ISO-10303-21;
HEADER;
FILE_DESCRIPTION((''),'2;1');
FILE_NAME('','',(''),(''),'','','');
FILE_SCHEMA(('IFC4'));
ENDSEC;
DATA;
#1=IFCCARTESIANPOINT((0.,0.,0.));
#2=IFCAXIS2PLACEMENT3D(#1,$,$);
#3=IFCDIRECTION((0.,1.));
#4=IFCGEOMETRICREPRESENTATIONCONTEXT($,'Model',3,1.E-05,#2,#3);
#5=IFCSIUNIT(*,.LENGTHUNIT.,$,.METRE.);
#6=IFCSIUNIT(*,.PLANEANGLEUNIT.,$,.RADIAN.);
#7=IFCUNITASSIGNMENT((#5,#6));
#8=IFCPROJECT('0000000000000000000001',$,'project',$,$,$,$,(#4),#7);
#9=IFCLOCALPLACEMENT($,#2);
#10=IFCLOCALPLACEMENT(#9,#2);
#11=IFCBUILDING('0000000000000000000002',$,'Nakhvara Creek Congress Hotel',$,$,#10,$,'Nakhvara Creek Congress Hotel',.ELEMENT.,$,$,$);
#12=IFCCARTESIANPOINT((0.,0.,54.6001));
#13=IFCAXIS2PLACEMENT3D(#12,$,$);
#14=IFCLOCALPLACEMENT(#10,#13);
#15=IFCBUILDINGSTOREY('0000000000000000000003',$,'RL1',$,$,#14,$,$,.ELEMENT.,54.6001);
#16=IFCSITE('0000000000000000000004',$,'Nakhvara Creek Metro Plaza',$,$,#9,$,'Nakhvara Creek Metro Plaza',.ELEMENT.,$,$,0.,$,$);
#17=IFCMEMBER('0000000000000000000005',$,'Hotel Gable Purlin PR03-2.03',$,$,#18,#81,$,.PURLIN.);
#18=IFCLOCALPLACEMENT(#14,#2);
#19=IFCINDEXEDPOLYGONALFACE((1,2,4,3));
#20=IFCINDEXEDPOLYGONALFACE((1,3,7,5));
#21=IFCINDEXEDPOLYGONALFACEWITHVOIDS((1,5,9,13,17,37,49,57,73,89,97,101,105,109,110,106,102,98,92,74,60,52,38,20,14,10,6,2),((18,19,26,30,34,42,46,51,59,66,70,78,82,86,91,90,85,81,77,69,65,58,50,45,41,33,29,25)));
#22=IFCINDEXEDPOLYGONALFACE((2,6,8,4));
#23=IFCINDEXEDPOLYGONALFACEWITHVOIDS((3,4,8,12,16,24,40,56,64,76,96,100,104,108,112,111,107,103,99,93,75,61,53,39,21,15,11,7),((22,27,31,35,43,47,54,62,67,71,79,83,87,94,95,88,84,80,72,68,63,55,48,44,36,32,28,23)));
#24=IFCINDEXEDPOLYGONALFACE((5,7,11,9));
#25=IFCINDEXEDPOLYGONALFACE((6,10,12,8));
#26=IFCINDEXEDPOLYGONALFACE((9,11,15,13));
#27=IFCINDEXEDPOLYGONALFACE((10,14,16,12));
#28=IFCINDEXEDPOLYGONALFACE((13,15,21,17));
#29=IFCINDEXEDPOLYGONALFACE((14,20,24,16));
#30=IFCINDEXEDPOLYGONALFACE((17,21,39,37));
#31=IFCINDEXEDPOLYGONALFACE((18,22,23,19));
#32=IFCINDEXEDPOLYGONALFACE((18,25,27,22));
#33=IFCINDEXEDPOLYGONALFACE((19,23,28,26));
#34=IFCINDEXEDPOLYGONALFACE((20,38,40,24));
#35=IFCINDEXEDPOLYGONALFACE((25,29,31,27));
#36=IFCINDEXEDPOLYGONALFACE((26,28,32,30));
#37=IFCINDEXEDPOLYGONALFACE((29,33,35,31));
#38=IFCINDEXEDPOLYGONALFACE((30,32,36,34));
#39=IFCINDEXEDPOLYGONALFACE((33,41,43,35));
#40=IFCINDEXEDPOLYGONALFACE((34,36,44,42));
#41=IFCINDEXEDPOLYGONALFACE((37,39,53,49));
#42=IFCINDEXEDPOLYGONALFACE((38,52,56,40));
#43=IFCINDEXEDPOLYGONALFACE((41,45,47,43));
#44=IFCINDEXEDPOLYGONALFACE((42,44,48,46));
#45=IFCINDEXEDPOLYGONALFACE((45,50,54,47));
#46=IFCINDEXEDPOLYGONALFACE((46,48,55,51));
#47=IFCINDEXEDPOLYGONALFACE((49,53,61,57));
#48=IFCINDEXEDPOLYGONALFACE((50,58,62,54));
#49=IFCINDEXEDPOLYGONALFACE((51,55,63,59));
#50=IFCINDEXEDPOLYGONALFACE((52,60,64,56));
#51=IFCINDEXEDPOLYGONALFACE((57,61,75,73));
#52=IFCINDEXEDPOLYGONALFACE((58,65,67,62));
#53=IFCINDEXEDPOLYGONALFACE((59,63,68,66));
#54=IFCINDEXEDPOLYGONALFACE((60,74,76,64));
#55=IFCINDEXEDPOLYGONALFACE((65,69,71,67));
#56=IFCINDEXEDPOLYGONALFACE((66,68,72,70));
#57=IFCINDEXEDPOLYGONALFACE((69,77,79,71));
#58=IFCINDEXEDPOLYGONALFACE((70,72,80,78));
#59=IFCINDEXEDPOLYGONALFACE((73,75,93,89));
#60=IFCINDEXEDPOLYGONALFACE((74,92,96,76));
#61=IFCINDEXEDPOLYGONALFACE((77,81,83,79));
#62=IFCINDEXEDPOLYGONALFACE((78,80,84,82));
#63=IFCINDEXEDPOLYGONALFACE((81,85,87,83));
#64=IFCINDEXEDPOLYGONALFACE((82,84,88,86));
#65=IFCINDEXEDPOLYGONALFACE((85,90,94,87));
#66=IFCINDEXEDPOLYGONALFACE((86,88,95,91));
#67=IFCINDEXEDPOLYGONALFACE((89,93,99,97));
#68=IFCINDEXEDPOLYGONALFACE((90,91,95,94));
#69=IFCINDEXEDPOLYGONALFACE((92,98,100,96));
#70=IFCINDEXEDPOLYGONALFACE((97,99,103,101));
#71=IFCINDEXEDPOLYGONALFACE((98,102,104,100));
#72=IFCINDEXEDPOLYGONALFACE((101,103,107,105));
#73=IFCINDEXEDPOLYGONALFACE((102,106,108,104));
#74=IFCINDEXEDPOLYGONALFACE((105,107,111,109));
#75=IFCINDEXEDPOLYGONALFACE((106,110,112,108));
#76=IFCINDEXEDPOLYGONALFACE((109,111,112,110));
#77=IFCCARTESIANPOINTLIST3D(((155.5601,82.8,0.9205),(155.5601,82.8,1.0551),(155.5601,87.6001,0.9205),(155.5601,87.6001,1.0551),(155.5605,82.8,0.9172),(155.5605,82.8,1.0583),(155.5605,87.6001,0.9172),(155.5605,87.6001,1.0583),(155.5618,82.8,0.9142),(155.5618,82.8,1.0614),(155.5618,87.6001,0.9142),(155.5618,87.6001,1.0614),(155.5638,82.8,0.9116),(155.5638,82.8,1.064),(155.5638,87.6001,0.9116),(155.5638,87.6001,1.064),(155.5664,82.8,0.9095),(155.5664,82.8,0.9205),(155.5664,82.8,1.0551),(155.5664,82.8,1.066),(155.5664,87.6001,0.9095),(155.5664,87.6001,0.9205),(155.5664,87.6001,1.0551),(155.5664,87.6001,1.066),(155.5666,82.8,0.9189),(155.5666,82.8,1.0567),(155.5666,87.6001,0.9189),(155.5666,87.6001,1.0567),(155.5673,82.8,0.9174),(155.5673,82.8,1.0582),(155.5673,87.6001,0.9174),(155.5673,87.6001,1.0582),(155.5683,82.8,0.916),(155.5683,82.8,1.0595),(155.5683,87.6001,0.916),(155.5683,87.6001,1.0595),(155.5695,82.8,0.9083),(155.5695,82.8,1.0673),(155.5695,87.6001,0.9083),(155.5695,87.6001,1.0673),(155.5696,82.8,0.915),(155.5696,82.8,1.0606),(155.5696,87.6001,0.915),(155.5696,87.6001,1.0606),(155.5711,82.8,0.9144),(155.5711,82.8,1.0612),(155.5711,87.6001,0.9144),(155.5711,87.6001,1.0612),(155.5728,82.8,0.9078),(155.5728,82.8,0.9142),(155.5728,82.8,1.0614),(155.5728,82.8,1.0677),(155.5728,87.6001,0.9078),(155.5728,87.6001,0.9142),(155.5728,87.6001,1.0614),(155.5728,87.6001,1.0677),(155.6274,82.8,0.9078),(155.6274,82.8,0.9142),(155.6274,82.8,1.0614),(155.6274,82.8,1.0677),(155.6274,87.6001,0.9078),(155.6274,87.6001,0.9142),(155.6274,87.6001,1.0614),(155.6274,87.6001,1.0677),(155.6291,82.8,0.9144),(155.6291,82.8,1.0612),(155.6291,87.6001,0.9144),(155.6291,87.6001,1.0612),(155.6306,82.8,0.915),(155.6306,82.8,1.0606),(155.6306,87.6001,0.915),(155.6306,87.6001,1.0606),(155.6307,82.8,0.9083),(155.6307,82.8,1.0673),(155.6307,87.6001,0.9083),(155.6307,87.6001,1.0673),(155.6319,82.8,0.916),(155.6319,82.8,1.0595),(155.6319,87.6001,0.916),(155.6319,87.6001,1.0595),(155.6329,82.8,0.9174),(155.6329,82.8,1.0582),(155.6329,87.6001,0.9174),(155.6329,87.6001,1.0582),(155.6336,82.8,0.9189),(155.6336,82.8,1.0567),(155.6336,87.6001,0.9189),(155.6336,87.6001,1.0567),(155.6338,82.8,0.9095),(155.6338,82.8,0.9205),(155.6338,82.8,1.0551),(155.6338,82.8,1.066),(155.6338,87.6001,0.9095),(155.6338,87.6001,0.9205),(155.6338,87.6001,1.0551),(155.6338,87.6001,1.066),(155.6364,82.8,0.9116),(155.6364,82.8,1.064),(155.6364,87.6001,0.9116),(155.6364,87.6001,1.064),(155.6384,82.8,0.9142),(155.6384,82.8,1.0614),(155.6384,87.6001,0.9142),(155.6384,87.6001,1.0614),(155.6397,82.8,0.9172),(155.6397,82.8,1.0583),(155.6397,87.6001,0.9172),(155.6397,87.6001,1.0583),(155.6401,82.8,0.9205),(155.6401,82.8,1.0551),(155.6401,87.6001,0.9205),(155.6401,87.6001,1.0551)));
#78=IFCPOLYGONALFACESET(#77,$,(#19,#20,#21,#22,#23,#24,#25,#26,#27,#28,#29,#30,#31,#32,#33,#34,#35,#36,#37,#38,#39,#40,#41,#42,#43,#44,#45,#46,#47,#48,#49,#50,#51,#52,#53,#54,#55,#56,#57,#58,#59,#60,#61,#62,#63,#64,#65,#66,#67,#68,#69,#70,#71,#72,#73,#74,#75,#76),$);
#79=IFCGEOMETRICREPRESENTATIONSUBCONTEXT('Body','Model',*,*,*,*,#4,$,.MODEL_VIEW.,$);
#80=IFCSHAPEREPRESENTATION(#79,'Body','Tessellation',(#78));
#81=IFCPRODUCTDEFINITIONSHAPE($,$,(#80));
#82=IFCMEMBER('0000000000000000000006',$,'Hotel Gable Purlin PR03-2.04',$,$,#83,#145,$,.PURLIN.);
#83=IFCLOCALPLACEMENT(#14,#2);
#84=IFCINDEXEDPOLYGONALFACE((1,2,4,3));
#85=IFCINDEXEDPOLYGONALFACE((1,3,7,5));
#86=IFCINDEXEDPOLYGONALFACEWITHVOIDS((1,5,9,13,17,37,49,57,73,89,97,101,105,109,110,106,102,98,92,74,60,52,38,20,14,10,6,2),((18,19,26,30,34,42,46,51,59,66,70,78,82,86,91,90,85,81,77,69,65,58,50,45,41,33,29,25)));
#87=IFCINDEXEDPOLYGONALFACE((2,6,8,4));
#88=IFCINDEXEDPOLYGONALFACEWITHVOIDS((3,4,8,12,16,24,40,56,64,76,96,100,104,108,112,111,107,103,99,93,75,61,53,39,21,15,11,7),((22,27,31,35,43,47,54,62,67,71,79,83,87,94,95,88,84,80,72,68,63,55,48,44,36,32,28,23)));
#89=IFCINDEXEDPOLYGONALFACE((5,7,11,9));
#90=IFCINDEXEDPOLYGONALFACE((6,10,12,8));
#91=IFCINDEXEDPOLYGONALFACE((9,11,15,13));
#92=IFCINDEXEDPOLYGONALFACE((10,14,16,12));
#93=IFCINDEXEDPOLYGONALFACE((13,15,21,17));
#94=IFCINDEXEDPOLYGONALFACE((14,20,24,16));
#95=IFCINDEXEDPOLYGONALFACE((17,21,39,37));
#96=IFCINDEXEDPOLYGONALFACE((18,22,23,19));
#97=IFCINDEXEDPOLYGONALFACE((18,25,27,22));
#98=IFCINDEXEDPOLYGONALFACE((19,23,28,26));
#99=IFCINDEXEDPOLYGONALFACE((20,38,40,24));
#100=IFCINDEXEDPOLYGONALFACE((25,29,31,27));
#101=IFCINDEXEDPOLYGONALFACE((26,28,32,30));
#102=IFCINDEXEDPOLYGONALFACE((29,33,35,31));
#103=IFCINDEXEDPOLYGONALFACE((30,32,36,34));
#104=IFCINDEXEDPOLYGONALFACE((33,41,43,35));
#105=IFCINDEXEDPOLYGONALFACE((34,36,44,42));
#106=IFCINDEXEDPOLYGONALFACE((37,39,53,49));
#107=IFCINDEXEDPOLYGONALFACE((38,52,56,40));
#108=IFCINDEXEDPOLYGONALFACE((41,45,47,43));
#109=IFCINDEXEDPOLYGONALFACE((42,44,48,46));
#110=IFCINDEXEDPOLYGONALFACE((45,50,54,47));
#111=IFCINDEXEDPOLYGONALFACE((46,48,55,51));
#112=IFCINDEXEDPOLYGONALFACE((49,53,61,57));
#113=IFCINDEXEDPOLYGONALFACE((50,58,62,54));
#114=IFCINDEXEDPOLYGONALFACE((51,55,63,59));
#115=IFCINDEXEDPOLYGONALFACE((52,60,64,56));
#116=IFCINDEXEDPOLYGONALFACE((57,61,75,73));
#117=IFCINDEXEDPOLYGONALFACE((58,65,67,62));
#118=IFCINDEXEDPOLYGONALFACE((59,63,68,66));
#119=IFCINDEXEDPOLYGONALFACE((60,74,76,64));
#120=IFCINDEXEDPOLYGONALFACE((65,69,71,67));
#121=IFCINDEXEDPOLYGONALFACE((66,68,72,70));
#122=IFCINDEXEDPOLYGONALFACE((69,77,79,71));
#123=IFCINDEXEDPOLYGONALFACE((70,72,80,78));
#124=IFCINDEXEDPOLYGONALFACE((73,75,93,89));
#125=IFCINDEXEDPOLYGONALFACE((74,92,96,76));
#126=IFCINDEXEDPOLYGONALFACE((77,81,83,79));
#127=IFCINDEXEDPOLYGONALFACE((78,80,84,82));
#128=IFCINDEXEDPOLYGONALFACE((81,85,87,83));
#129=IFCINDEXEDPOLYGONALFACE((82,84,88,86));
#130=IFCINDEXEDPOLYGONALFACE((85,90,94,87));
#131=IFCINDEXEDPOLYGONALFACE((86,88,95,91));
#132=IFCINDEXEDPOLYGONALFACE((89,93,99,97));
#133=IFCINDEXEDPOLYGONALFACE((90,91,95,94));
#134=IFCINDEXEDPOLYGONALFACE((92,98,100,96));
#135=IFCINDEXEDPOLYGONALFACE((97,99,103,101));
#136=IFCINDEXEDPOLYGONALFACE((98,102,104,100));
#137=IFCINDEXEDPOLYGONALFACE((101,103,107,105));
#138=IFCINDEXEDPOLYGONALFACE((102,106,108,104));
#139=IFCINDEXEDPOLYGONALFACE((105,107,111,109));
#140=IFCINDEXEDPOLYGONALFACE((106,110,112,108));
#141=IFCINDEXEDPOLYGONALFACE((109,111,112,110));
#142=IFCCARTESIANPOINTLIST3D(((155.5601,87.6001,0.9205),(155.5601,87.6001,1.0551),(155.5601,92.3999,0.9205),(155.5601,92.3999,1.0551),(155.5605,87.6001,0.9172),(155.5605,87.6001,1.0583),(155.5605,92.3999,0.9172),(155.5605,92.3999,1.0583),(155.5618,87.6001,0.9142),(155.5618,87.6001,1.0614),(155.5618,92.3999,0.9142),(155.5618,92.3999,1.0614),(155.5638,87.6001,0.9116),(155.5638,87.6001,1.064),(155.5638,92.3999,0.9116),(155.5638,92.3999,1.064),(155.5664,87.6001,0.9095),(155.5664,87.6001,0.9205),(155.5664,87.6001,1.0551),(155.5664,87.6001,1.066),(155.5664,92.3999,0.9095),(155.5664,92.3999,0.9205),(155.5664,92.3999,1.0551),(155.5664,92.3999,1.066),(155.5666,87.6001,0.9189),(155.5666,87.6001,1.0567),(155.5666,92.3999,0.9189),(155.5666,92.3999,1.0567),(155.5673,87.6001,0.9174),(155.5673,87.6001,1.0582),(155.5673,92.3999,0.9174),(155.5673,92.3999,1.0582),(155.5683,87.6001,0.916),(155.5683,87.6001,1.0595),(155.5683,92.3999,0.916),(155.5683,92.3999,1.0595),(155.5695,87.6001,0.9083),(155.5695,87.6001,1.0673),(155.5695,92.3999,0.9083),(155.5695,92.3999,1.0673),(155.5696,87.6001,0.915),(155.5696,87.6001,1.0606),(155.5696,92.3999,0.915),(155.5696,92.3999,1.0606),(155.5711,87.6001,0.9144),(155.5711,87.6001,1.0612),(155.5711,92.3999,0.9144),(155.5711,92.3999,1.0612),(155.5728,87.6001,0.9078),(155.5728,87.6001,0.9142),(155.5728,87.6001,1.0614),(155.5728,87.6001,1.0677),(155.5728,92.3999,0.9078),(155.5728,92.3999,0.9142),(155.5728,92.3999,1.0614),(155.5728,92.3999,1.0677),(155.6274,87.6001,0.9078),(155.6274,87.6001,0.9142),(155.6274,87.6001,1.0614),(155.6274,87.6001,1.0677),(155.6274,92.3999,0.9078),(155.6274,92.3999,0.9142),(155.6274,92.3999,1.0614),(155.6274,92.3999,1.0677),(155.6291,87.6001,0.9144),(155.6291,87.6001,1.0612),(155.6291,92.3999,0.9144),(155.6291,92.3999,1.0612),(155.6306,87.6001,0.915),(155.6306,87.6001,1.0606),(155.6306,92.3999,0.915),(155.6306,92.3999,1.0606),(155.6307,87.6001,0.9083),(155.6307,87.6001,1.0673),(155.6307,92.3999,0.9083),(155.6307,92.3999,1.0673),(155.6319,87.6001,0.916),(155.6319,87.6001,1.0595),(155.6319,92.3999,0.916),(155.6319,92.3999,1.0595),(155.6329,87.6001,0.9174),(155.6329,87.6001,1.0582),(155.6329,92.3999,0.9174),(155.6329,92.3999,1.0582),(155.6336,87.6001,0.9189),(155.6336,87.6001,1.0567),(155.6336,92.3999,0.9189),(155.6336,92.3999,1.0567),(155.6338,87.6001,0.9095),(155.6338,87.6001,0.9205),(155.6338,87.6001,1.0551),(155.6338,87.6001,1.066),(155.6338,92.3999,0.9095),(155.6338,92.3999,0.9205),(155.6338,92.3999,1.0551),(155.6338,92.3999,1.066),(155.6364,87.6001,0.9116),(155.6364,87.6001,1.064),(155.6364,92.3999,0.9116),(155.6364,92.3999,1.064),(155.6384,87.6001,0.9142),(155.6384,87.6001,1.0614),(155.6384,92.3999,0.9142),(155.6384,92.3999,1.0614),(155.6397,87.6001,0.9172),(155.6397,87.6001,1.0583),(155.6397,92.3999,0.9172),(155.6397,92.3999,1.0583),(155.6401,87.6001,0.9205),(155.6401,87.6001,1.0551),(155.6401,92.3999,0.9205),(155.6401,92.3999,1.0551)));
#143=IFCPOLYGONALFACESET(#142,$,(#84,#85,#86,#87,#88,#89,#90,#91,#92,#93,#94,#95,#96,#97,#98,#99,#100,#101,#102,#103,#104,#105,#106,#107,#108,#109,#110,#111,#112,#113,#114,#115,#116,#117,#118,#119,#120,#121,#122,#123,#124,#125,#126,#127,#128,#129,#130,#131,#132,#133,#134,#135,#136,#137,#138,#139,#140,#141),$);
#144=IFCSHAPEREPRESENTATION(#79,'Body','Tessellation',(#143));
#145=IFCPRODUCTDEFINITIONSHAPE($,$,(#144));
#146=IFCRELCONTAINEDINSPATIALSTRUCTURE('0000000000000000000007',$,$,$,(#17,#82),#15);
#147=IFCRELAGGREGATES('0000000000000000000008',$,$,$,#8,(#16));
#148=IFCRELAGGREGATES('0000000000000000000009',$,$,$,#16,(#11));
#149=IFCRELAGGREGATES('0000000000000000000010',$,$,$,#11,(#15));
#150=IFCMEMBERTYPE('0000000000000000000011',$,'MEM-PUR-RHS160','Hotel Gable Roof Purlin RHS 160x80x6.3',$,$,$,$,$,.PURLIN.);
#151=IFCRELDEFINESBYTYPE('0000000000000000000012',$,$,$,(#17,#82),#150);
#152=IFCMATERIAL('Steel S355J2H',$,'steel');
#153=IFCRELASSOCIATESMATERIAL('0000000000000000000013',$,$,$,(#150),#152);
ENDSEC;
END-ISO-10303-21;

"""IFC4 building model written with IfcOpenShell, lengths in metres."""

from ifc_helpers import new_model, si_unit, direction, frame, origin, origin_2d, place, context, subcontext, project, spatial, hollow_rectangle, extrude, material, material_profile, profile_set, type_object, element, save


model = new_model("IFC4")

# Units and contexts
model_context = context("Model", 3, precision=1e-05, world=origin(), true_north=direction((0.0, 1.0)))
body_context = subcontext(model_context, "Body", "Model", "MODEL_VIEW")
ifc_project = project(units=[si_unit("LENGTHUNIT", "METRE"), si_unit("PLANEANGLEUNIT", "RADIAN")], contexts=[model_context])

# Site, building, storey
site_placement = place(None, origin())
site = spatial("IfcSite", under=ifc_project, at=site_placement, Name="Nakhvara Creek Metro Plaza", LongName="Nakhvara Creek Metro Plaza", CompositionType="ELEMENT", RefElevation=0.0)
building_placement = place(site_placement, origin())
building = spatial("IfcBuilding", under=site, at=building_placement, Name="Nakhvara Creek Congress Hotel", LongName="Nakhvara Creek Congress Hotel", CompositionType="ELEMENT")
storey_placement = place(building_placement, frame((0.0, 0.0, 54.6001)))
storey = spatial("IfcBuildingStorey", under=building, at=storey_placement, Name="RL1", CompositionType="ELEMENT", Elevation=54.6001)

# Members
ifc_material_1 = material(Name="Steel S355J2H", Category="steel")
ifc_material_profile_1 = material_profile(ifc_material_1, hollow_rectangle(XDim=0.0801, YDim=0.1599, WallThickness=0.0063, InnerFilletRadius=0.0063, OuterFilletRadius=0.0127, at=origin_2d()), Name="RHS 160x80x6.3", Category="LoadBearing")
ifc_profile_set_1 = profile_set([ifc_material_profile_1], Name="Steel S355J2H")
member_type_1 = type_object("IfcMemberType", Name="MEM-PUR-RHS160", Description="Hotel Gable Roof Purlin RHS 160x80x6.3", PredefinedType="PURLIN", material=ifc_profile_set_1)
member_1_placement = place(storey_placement, frame((155.6001, 82.8, 0.9878), z_axis=(0.0, 1.0, 0.0), x_axis=(-1.0, 0.0, 0.0)))
element("IfcMember", 1, at=member_1_placement, inside=storey, type_object=member_type_1, Name="Hotel Gable Purlin PR03-2.03", PredefinedType="PURLIN", context=body_context, shape_type="SweptSolid", body=[
    extrude(hollow_rectangle(XDim=0.0801, YDim=0.1599, WallThickness=0.0063, InnerFilletRadius=0.0063, OuterFilletRadius=0.0127, at=origin_2d()), origin(), (0.0, 0.0, 1.0), 4.8),
])
member_2_placement = place(storey_placement, frame((155.6001, 87.6001, 0.9878), z_axis=(0.0, 1.0, 0.0), x_axis=(-1.0, 0.0, 0.0)))
element("IfcMember", 2, at=member_2_placement, inside=storey, type_object=member_type_1, Name="Hotel Gable Purlin PR03-2.04", PredefinedType="PURLIN", context=body_context, shape_type="SweptSolid", body=[
    extrude(hollow_rectangle(XDim=0.0801, YDim=0.1599, WallThickness=0.0063, InnerFilletRadius=0.0063, OuterFilletRadius=0.0127, at=origin_2d()), origin(), (0.0, 0.0, 1.0), 4.7998),
])

save(model, "model.ifc")
